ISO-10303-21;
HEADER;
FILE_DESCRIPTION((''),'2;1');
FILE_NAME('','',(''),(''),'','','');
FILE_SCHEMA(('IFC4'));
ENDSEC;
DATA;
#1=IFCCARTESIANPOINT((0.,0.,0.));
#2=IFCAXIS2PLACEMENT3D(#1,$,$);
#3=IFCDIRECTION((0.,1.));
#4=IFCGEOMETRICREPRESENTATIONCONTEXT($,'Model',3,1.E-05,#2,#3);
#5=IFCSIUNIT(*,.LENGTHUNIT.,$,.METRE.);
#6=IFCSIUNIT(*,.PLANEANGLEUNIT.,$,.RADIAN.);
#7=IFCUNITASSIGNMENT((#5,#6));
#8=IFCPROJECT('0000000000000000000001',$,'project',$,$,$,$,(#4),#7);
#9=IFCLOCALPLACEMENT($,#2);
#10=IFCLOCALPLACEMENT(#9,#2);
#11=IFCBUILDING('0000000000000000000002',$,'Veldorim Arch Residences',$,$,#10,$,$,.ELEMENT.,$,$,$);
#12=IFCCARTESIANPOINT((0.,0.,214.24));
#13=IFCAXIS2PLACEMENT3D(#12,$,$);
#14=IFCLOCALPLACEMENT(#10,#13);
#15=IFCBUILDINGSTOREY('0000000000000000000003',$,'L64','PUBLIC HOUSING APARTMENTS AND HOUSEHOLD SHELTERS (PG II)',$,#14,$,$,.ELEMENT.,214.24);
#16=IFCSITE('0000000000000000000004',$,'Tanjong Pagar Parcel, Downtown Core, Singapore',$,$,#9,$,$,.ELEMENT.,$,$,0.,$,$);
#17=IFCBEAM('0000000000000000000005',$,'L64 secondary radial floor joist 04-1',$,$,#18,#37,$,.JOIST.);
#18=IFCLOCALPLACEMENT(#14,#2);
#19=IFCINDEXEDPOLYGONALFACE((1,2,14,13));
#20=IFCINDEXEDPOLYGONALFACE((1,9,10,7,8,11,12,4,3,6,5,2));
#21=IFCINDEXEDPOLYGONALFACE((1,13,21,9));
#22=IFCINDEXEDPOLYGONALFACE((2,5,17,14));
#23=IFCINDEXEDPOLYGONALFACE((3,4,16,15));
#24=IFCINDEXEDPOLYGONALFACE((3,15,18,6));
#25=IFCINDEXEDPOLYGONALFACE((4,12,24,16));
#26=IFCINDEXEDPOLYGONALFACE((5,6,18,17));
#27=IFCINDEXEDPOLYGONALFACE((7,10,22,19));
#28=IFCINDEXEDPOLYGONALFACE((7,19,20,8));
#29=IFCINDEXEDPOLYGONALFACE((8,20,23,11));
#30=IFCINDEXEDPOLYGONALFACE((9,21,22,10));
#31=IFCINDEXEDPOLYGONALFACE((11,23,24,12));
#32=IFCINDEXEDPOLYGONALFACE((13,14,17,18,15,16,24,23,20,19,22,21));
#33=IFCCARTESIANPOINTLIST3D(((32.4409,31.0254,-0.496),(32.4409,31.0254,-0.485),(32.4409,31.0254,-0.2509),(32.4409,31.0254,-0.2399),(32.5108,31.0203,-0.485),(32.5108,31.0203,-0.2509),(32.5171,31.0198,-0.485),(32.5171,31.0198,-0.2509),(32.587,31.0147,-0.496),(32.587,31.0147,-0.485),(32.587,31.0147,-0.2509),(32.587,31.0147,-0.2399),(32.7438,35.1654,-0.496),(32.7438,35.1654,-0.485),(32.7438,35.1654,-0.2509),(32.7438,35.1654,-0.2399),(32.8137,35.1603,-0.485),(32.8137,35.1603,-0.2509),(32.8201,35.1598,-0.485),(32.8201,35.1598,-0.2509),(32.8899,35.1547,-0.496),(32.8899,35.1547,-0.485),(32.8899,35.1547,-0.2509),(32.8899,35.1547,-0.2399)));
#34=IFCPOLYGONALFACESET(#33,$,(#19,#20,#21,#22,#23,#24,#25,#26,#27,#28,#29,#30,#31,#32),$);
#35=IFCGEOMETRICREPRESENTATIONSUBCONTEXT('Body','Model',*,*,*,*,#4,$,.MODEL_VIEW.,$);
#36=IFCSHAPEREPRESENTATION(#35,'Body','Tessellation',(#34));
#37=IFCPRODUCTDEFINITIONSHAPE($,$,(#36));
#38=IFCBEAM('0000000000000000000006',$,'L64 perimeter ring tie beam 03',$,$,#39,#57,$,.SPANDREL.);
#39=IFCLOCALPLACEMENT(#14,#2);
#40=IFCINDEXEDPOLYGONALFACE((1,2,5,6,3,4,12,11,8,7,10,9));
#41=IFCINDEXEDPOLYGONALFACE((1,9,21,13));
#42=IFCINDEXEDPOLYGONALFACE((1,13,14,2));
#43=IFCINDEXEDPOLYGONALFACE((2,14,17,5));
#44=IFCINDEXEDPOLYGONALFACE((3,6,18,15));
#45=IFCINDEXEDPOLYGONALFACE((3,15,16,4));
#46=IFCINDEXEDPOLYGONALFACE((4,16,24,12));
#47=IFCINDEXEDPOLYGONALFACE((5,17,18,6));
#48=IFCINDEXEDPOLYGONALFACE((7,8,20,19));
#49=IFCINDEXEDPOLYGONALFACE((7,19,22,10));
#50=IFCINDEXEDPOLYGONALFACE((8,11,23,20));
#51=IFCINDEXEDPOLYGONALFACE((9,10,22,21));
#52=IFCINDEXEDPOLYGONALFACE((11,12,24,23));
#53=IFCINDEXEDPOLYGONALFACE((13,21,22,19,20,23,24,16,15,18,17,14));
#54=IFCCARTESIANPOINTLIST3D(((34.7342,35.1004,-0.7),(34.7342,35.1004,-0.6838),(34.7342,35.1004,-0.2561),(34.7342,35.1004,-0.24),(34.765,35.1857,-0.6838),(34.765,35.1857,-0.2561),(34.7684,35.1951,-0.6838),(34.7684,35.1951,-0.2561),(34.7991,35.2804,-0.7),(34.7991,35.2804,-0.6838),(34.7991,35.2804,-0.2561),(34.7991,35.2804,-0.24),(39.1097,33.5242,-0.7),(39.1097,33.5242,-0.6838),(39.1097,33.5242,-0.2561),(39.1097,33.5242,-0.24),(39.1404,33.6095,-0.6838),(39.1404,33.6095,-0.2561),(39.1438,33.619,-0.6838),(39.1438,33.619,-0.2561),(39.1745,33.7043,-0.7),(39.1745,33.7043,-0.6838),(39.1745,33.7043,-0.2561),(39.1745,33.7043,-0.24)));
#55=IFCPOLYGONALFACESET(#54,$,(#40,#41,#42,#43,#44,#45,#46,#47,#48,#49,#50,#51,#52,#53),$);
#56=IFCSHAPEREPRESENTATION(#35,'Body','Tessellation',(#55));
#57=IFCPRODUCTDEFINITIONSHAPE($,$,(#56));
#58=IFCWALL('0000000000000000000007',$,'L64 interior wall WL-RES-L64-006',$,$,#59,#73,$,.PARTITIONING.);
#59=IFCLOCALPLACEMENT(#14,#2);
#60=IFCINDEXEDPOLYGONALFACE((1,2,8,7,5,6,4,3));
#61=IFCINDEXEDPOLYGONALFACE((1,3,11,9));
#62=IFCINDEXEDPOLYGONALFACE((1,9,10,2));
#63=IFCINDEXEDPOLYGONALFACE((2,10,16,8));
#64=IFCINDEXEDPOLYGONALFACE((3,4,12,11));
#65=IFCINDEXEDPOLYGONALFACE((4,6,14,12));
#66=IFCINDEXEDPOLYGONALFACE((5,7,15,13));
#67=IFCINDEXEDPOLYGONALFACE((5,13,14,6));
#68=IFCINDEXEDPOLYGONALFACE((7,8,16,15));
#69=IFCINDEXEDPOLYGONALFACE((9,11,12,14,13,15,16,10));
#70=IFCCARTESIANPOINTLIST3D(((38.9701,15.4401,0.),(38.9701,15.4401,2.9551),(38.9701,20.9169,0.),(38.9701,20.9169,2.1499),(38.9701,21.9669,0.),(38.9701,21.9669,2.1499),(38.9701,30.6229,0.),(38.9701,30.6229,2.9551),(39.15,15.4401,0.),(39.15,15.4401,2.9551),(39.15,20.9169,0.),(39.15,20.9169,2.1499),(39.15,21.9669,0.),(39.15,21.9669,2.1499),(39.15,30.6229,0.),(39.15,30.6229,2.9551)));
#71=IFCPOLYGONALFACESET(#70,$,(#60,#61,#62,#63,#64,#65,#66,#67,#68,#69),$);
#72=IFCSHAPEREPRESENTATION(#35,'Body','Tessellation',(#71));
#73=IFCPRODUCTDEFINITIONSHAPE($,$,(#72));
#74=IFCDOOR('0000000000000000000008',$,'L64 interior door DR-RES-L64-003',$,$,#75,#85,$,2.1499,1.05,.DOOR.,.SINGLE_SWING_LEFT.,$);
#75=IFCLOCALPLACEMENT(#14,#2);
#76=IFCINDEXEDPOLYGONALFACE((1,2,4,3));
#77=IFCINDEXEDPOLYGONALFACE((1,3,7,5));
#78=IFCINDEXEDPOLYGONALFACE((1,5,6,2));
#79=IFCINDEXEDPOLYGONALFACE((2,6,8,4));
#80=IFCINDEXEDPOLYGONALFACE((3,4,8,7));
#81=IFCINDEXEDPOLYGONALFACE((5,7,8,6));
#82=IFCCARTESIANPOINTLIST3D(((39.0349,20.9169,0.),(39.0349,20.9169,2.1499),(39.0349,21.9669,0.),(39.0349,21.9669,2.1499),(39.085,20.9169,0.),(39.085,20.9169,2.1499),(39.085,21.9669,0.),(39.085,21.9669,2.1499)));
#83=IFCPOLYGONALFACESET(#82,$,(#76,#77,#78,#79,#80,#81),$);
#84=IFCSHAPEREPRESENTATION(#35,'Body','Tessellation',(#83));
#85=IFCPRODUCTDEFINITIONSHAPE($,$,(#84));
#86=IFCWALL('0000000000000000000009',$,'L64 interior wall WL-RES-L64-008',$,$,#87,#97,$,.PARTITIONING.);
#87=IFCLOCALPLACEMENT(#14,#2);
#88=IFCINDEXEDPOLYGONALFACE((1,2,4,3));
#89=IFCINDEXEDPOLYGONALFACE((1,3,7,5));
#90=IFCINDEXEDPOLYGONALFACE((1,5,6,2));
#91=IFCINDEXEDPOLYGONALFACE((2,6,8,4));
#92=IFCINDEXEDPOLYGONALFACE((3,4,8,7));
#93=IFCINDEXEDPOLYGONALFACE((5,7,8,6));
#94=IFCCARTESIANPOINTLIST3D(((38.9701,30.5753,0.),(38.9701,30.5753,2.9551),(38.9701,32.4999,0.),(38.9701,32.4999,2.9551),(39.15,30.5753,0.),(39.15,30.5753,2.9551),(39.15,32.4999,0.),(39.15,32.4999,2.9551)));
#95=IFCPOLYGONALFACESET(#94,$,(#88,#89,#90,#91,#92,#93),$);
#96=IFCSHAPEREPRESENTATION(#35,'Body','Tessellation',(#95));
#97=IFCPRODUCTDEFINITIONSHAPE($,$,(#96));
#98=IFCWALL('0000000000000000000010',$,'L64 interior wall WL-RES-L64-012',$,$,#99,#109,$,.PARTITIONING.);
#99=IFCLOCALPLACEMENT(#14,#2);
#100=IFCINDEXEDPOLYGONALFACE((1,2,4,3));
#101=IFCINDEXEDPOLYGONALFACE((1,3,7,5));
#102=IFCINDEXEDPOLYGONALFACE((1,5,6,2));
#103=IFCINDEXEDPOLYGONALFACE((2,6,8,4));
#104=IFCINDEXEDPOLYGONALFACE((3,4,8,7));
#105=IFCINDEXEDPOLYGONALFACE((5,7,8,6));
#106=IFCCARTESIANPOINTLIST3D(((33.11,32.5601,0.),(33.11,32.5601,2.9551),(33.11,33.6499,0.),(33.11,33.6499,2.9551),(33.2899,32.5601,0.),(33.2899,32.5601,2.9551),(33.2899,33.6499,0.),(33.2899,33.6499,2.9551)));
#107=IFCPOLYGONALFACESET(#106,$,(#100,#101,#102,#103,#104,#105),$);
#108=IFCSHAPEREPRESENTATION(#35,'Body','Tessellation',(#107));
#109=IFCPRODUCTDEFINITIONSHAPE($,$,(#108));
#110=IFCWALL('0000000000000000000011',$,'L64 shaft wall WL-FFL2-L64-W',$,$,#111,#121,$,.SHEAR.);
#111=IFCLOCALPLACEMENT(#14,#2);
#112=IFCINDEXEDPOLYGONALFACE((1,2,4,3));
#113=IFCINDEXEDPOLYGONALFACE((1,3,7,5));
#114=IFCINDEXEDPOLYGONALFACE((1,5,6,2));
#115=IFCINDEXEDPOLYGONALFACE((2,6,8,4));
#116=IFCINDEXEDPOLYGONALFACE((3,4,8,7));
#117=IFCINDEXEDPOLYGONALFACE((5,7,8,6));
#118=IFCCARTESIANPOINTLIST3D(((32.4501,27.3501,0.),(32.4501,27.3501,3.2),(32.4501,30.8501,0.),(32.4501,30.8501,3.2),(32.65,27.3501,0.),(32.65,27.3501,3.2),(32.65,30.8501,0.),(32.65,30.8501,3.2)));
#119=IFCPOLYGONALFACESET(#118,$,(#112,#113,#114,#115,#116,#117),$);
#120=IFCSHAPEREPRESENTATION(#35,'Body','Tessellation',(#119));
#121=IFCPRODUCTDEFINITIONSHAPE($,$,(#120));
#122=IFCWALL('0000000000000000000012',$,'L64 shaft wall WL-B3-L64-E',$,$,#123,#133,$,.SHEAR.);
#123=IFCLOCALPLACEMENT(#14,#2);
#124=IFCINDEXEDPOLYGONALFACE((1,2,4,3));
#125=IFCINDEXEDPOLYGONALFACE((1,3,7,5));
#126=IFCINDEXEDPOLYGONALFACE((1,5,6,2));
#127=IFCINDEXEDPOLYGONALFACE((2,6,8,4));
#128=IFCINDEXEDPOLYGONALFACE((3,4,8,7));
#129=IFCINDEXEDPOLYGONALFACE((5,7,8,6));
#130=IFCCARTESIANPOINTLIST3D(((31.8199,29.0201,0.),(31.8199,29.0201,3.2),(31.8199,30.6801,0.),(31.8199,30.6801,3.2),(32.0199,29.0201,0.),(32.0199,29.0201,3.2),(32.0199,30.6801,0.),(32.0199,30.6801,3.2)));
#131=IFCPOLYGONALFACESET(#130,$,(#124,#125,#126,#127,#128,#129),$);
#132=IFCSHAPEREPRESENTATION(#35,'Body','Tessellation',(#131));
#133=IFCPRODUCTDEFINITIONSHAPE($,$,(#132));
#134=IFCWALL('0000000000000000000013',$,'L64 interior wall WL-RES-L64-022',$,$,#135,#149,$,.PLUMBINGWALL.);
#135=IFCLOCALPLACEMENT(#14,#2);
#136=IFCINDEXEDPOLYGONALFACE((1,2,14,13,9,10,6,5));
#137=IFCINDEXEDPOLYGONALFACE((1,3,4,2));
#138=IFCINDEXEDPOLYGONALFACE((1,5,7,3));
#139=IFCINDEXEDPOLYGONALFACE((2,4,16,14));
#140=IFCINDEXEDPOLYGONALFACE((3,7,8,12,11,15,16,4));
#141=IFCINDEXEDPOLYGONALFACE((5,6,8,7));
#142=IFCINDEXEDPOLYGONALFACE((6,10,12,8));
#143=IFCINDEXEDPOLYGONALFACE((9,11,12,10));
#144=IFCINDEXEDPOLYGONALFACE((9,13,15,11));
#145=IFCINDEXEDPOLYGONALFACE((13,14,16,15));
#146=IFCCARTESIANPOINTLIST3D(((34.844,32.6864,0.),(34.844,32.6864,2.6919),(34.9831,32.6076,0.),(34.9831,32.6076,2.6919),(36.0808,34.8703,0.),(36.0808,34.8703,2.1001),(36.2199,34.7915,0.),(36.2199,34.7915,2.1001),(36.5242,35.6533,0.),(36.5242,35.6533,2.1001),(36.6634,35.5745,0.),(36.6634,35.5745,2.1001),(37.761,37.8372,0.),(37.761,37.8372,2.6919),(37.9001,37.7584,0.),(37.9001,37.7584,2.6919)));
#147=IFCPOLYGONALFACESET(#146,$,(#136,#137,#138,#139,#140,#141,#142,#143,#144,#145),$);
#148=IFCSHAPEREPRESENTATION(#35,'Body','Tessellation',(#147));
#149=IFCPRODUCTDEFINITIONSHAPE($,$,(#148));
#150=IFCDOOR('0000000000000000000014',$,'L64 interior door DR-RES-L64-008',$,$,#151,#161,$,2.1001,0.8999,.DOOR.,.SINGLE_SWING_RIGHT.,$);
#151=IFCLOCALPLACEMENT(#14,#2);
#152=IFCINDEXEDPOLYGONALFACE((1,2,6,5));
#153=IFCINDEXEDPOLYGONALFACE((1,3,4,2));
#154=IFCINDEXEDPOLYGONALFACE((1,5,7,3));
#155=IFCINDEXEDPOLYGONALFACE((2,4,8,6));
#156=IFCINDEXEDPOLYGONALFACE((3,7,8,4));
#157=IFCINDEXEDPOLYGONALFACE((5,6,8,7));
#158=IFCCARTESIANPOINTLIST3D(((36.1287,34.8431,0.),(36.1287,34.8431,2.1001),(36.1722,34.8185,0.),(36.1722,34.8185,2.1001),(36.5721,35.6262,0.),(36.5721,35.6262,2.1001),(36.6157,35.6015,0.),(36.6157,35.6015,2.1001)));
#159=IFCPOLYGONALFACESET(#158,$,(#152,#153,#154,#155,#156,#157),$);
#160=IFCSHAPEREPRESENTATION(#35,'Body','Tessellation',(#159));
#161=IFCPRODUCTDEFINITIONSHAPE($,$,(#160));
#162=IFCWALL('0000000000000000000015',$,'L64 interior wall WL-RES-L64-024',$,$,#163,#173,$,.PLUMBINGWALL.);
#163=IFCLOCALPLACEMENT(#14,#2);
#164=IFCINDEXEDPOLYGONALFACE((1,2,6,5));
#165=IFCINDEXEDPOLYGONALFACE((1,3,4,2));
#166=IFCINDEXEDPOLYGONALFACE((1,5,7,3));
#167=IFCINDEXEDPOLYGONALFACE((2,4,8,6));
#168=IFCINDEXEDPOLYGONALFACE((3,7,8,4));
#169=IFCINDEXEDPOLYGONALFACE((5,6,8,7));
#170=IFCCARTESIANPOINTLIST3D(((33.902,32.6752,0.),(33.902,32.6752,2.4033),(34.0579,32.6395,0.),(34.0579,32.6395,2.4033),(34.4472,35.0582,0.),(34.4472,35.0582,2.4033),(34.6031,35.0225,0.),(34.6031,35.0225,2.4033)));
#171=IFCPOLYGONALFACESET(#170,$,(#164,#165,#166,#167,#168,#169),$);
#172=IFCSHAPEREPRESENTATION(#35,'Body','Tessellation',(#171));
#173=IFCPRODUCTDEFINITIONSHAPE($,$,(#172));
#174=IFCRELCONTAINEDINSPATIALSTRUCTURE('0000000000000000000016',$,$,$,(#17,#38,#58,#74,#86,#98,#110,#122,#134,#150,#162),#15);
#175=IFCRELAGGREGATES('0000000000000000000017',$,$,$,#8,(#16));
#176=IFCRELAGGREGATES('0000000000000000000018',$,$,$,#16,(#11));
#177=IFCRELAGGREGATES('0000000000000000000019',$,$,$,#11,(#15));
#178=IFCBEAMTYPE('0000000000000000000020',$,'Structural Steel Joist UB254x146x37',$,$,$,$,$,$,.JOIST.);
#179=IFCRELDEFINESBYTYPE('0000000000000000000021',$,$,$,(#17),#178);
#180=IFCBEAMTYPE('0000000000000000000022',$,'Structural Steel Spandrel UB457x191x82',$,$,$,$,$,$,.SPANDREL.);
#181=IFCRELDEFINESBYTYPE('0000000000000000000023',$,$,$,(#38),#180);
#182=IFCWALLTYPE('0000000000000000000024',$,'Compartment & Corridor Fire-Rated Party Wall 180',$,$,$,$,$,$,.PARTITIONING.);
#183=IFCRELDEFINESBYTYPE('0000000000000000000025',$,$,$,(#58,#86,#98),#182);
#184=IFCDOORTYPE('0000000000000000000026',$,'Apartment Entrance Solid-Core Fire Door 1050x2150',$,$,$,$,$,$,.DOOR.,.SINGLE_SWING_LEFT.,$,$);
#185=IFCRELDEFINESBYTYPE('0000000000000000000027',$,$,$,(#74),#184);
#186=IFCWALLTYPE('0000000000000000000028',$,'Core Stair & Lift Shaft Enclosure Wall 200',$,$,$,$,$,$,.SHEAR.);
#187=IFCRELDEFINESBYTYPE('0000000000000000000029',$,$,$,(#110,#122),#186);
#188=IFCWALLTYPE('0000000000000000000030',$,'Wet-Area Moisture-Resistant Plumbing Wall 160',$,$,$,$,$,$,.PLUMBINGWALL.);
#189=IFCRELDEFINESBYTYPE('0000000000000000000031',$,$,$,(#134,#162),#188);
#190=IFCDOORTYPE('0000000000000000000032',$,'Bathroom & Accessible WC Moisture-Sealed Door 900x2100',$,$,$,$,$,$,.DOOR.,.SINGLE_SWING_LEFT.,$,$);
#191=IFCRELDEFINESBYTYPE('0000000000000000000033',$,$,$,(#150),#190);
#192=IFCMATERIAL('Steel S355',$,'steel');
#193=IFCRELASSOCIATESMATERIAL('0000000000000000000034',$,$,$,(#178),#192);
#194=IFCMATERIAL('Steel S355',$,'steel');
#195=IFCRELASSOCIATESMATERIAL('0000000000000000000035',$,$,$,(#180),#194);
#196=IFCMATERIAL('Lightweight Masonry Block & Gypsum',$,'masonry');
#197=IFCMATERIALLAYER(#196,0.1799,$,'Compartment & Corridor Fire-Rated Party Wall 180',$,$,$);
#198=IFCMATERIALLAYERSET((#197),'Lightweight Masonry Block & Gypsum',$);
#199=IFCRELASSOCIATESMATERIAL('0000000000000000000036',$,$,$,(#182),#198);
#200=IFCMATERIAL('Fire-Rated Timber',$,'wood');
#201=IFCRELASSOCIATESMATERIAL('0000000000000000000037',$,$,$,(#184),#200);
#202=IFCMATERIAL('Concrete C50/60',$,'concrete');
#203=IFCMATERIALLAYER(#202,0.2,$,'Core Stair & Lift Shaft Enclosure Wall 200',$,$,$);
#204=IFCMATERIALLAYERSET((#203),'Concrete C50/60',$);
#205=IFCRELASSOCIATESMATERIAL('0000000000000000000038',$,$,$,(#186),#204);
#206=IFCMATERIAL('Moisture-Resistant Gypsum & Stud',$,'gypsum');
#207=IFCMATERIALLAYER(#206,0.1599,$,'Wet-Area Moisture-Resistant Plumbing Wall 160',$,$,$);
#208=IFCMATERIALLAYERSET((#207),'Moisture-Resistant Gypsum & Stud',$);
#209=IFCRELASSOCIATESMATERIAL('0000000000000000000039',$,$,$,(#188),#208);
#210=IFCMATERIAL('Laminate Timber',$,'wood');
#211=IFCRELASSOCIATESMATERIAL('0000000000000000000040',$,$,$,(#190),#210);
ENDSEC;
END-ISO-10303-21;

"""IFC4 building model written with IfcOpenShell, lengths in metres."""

from ifc_helpers import new_model, si_unit, direction, frame, frame_2d, origin, origin_2d, place, context, subcontext, project, spatial, rectangle, i_section, extrude, material, layer, layer_set, material_profile, profile_set, type_object, element, fill, save


model = new_model("IFC4")

# Units and contexts
model_context = context("Model", 3, precision=1e-05, world=origin(), true_north=direction((0.0, 1.0)))
body_context = subcontext(model_context, "Body", "Model", "MODEL_VIEW")
ifc_project = project(units=[si_unit("LENGTHUNIT", "METRE"), si_unit("PLANEANGLEUNIT", "RADIAN")], contexts=[model_context])

# Site, building, storey
site_placement = place(None, origin())
site = spatial("IfcSite", under=ifc_project, at=site_placement, Name="Tanjong Pagar Parcel, Downtown Core, Singapore", CompositionType="ELEMENT", RefElevation=0.0)
building_placement = place(site_placement, origin())
building = spatial("IfcBuilding", under=site, at=building_placement, Name="Veldorim Arch Residences", CompositionType="ELEMENT")
storey_placement = place(building_placement, frame((0.0, 0.0, 214.24)))
storey = spatial("IfcBuildingStorey", under=building, at=storey_placement, Name="L64", Description="PUBLIC HOUSING APARTMENTS AND HOUSEHOLD SHELTERS (PG II)", CompositionType="ELEMENT", Elevation=214.24)

# Beams
ifc_material_1 = material(Name="Steel S355", Category="steel")
ifc_material_profile_1 = material_profile(ifc_material_1, i_section(OverallWidth=0.1465, OverallDepth=0.2561, WebThickness=0.0063, FlangeThickness=0.011, at=origin_2d()), Name="UB254x146x37")
ifc_profile_set_1 = profile_set([ifc_material_profile_1], Name="Steel S355")
beam_type_1 = type_object("IfcBeamType", Name="Structural Steel Joist UB254x146x37", PredefinedType="JOIST", material=ifc_profile_set_1)
beam_1_placement = place(storey_placement, frame((32.5139, 31.02, -0.3679), z_axis=(0.072986, 0.997333, 0.0), x_axis=(-0.997333, 0.072986, 0.0)))
element("IfcBeam", 1, at=beam_1_placement, inside=storey, type_object=beam_type_1, Name="L64 secondary radial floor joist 04-1", PredefinedType="JOIST", context=body_context, shape_type="SweptSolid", body=[
    extrude(i_section(OverallWidth=0.1465, OverallDepth=0.2561, WebThickness=0.0063, FlangeThickness=0.011, at=origin_2d()), origin(), (0.0, 0.0, 1.0), 4.1511),
])
ifc_material_2 = material(Name="Steel S355", Category="steel")
ifc_material_profile_2 = material_profile(ifc_material_2, i_section(OverallWidth=0.1914, OverallDepth=0.46, WebThickness=0.01, FlangeThickness=0.0161, at=origin_2d()), Name="UB457x191x82")
ifc_profile_set_2 = profile_set([ifc_material_profile_2], Name="Steel S355")
beam_type_2 = type_object("IfcBeamType", Name="Structural Steel Spandrel UB457x191x82", PredefinedType="SPANDREL", material=ifc_profile_set_2)
beam_2_placement = place(storey_placement, frame((39.1421, 33.6143, -0.47), z_axis=(-0.940819, 0.338909, 0.0), x_axis=(-0.338909, -0.940819, 0.0)))
element("IfcBeam", 2, at=beam_2_placement, inside=storey, type_object=beam_type_2, Name="L64 perimeter ring tie beam 03", PredefinedType="SPANDREL", context=body_context, shape_type="SweptSolid", body=[
    extrude(i_section(OverallWidth=0.1914, OverallDepth=0.46, WebThickness=0.01, FlangeThickness=0.0161, at=origin_2d()), origin(), (0.0, 0.0, 1.0), 4.6506),
])

# Wall, opening, door
ifc_material_3 = material(Name="Lightweight Masonry Block & Gypsum", Category="masonry")
ifc_layer_1 = layer(ifc_material_3, 0.1799, Name="Compartment & Corridor Fire-Rated Party Wall 180")
ifc_layer_set_1 = layer_set([ifc_layer_1], Name="Lightweight Masonry Block & Gypsum")
wall_type_1 = type_object("IfcWallType", Name="Compartment & Corridor Fire-Rated Party Wall 180", PredefinedType="PARTITIONING", material=ifc_layer_set_1)
wall_1_placement = place(storey_placement, frame((39.0601, 30.6228, 0.0), z_axis=(0.0, 0.0, 1.0), x_axis=(0.0, -1.0, 0.0)))
wall_1 = element("IfcWall", 3, at=wall_1_placement, inside=storey, type_object=wall_type_1, Name="L64 interior wall WL-RES-L64-006", PredefinedType="PARTITIONING", context=body_context, shape_type="SweptSolid", body=[
    extrude(rectangle(XDim=15.1829, YDim=0.1799, at=frame_2d((7.5913, 0.0))), origin(), (0.0, 0.0, 1.0), 2.9551),
])
opening_1_placement = place(wall_1_placement, frame((8.656, 0.0, 0.0)))
opening_1 = element("IfcOpeningElement", 4, at=opening_1_placement, cuts=wall_1, PredefinedType="OPENING", context=body_context, shape_type="SweptSolid", body=[
    extrude(rectangle(XDim=1.05, YDim=2.1499, at=frame_2d((0.5249, 1.075))), frame((0.0, 0.0999, 0.0), z_axis=(0.0, -1.0, 0.0), x_axis=(1.0, 0.0, 0.0)), (0.0, 0.0, 1.0), 0.2),
])
ifc_material_4 = material(Name="Fire-Rated Timber", Category="wood")
door_type_1 = type_object("IfcDoorType", Name="Apartment Entrance Solid-Core Fire Door 1050x2150", OperationType="SINGLE_SWING_LEFT", PredefinedType="DOOR", material=ifc_material_4)
door_1_placement = place(opening_1_placement, origin())
door_1 = element("IfcDoor", 5, at=door_1_placement, inside=storey, type_object=door_type_1, Name="L64 interior door DR-RES-L64-003", OperationType="SINGLE_SWING_LEFT", OverallHeight=2.1499, OverallWidth=1.05, PredefinedType="DOOR", context=body_context, shape_type="SweptSolid", body=[
    extrude(rectangle(XDim=1.05, YDim=2.1499, at=frame_2d((0.5249, 1.075))), frame((0.0, 0.0249, 0.0), z_axis=(0.0, -1.0, 0.0), x_axis=(1.0, 0.0, 0.0)), (0.0, 0.0, 1.0), 0.05),
])
fill(opening_1, door_1)

# Walls
wall_2_placement = place(storey_placement, frame((39.0601, 32.5, 0.0), z_axis=(0.0, 0.0, 1.0), x_axis=(0.0, -1.0, 0.0)))
element("IfcWall", 6, at=wall_2_placement, inside=storey, type_object=wall_type_1, Name="L64 interior wall WL-RES-L64-008", PredefinedType="PARTITIONING", context=body_context, shape_type="SweptSolid", body=[
    extrude(rectangle(XDim=1.9246, YDim=0.1799, at=frame_2d((0.9624, 0.0))), origin(), (0.0, 0.0, 1.0), 2.9551),
])
wall_3_placement = place(storey_placement, frame((33.2, 33.6499, 0.0), z_axis=(0.0, 0.0, 1.0), x_axis=(0.0, -1.0, 0.0)))
element("IfcWall", 7, at=wall_3_placement, inside=storey, type_object=wall_type_1, Name="L64 interior wall WL-RES-L64-012", PredefinedType="PARTITIONING", context=body_context, shape_type="SweptSolid", body=[
    extrude(rectangle(XDim=1.0898, YDim=0.1799, at=frame_2d((0.5449, 0.0))), origin(), (0.0, 0.0, 1.0), 2.9551),
])

# Shared definitions
ifc_material_5 = material(Name="Concrete C50/60", Category="concrete")
ifc_layer_2 = layer(ifc_material_5, 0.2, Name="Core Stair & Lift Shaft Enclosure Wall 200")
ifc_layer_set_2 = layer_set([ifc_layer_2], Name="Concrete C50/60")
wall_type_2 = type_object("IfcWallType", Name="Core Stair & Lift Shaft Enclosure Wall 200", PredefinedType="SHEAR", material=ifc_layer_set_2)

# Walls
wall_4_placement = place(storey_placement, frame((32.55, 27.3501, 0.0), z_axis=(0.0, 0.0, 1.0), x_axis=(0.0, 1.0, 0.0)))
element("IfcWall", 8, at=wall_4_placement, inside=storey, type_object=wall_type_2, Name="L64 shaft wall WL-FFL2-L64-W", PredefinedType="SHEAR", context=body_context, shape_type="SweptSolid", body=[
    extrude(rectangle(XDim=3.5, YDim=0.2, at=frame_2d((1.75, 0.0))), origin(), (0.0, 0.0, 1.0), 3.2),
])
wall_5_placement = place(storey_placement, frame((31.9199, 29.02, 0.0), z_axis=(0.0, 0.0, 1.0), x_axis=(0.0, 1.0, 0.0)))
element("IfcWall", 9, at=wall_5_placement, inside=storey, type_object=wall_type_2, Name="L64 shaft wall WL-B3-L64-E", PredefinedType="SHEAR", context=body_context, shape_type="SweptSolid", body=[
    extrude(rectangle(XDim=1.6599, YDim=0.2, at=frame_2d((0.8301, 0.0))), origin(), (0.0, 0.0, 1.0), 3.2),
])

# Wall, opening, door
ifc_material_6 = material(Name="Moisture-Resistant Gypsum & Stud", Category="gypsum")
ifc_layer_3 = layer(ifc_material_6, 0.1599, Name="Wet-Area Moisture-Resistant Plumbing Wall 160")
ifc_layer_set_3 = layer_set([ifc_layer_3], Name="Moisture-Resistant Gypsum & Stud")
wall_type_3 = type_object("IfcWallType", Name="Wet-Area Moisture-Resistant Plumbing Wall 160", PredefinedType="PLUMBINGWALL", material=ifc_layer_set_3)
wall_6_placement = place(storey_placement, frame((34.9136, 32.647, 0.0), z_axis=(0.0, 0.0, 1.0), x_axis=(0.492777, 0.870155, 0.0)))
wall_6 = element("IfcWall", 10, at=wall_6_placement, inside=storey, type_object=wall_type_3, Name="L64 interior wall WL-RES-L64-022", PredefinedType="PLUMBINGWALL", context=body_context, shape_type="SweptSolid", body=[
    extrude(rectangle(XDim=5.9194, YDim=0.1599, at=frame_2d((2.9597, 0.0))), origin(), (0.0, 0.0, 1.0), 2.6919),
])
opening_2_placement = place(wall_6_placement, frame((2.5098, 0.0, 0.0)))
opening_2 = element("IfcOpeningElement", 11, at=opening_2_placement, cuts=wall_6, PredefinedType="OPENING", context=body_context, shape_type="SweptSolid", body=[
    extrude(rectangle(XDim=0.8999, YDim=2.1001, at=frame_2d((0.45, 1.05))), frame((0.0, 0.0898, 0.0), z_axis=(0.0, -1.0, 0.0), x_axis=(1.0, 0.0, 0.0)), (0.0, 0.0, 1.0), 0.1799),
])
ifc_material_7 = material(Name="Laminate Timber", Category="wood")
door_type_2 = type_object("IfcDoorType", Name="Bathroom & Accessible WC Moisture-Sealed Door 900x2100", OperationType="SINGLE_SWING_LEFT", PredefinedType="DOOR", material=ifc_material_7)
door_2_placement = place(opening_2_placement, origin())
door_2 = element("IfcDoor", 12, at=door_2_placement, inside=storey, type_object=door_type_2, Name="L64 interior door DR-RES-L64-008", OperationType="SINGLE_SWING_RIGHT", OverallHeight=2.1001, OverallWidth=0.8999, PredefinedType="DOOR", context=body_context, shape_type="SweptSolid", body=[
    extrude(rectangle(XDim=0.8999, YDim=2.1001, at=frame_2d((0.45, 1.05))), frame((0.0, 0.0249, 0.0), z_axis=(0.0, -1.0, 0.0), x_axis=(1.0, 0.0, 0.0)), (0.0, 0.0, 1.0), 0.05),
])
fill(opening_2, door_2)

# Wall
wall_7_placement = place(storey_placement, frame((33.98, 32.6575, 0.0), z_axis=(0.0, 0.0, 1.0), x_axis=(0.223006, 0.974817, 0.0)))
element("IfcWall", 13, at=wall_7_placement, inside=storey, type_object=wall_type_3, Name="L64 interior wall WL-RES-L64-024", PredefinedType="PLUMBINGWALL", context=body_context, shape_type="SweptSolid", body=[
    extrude(rectangle(XDim=2.4446, YDim=0.1599, at=frame_2d((1.2222, 0.0))), origin(), (0.0, 0.0, 1.0), 2.4033),
])

save(model, "model.ifc")
